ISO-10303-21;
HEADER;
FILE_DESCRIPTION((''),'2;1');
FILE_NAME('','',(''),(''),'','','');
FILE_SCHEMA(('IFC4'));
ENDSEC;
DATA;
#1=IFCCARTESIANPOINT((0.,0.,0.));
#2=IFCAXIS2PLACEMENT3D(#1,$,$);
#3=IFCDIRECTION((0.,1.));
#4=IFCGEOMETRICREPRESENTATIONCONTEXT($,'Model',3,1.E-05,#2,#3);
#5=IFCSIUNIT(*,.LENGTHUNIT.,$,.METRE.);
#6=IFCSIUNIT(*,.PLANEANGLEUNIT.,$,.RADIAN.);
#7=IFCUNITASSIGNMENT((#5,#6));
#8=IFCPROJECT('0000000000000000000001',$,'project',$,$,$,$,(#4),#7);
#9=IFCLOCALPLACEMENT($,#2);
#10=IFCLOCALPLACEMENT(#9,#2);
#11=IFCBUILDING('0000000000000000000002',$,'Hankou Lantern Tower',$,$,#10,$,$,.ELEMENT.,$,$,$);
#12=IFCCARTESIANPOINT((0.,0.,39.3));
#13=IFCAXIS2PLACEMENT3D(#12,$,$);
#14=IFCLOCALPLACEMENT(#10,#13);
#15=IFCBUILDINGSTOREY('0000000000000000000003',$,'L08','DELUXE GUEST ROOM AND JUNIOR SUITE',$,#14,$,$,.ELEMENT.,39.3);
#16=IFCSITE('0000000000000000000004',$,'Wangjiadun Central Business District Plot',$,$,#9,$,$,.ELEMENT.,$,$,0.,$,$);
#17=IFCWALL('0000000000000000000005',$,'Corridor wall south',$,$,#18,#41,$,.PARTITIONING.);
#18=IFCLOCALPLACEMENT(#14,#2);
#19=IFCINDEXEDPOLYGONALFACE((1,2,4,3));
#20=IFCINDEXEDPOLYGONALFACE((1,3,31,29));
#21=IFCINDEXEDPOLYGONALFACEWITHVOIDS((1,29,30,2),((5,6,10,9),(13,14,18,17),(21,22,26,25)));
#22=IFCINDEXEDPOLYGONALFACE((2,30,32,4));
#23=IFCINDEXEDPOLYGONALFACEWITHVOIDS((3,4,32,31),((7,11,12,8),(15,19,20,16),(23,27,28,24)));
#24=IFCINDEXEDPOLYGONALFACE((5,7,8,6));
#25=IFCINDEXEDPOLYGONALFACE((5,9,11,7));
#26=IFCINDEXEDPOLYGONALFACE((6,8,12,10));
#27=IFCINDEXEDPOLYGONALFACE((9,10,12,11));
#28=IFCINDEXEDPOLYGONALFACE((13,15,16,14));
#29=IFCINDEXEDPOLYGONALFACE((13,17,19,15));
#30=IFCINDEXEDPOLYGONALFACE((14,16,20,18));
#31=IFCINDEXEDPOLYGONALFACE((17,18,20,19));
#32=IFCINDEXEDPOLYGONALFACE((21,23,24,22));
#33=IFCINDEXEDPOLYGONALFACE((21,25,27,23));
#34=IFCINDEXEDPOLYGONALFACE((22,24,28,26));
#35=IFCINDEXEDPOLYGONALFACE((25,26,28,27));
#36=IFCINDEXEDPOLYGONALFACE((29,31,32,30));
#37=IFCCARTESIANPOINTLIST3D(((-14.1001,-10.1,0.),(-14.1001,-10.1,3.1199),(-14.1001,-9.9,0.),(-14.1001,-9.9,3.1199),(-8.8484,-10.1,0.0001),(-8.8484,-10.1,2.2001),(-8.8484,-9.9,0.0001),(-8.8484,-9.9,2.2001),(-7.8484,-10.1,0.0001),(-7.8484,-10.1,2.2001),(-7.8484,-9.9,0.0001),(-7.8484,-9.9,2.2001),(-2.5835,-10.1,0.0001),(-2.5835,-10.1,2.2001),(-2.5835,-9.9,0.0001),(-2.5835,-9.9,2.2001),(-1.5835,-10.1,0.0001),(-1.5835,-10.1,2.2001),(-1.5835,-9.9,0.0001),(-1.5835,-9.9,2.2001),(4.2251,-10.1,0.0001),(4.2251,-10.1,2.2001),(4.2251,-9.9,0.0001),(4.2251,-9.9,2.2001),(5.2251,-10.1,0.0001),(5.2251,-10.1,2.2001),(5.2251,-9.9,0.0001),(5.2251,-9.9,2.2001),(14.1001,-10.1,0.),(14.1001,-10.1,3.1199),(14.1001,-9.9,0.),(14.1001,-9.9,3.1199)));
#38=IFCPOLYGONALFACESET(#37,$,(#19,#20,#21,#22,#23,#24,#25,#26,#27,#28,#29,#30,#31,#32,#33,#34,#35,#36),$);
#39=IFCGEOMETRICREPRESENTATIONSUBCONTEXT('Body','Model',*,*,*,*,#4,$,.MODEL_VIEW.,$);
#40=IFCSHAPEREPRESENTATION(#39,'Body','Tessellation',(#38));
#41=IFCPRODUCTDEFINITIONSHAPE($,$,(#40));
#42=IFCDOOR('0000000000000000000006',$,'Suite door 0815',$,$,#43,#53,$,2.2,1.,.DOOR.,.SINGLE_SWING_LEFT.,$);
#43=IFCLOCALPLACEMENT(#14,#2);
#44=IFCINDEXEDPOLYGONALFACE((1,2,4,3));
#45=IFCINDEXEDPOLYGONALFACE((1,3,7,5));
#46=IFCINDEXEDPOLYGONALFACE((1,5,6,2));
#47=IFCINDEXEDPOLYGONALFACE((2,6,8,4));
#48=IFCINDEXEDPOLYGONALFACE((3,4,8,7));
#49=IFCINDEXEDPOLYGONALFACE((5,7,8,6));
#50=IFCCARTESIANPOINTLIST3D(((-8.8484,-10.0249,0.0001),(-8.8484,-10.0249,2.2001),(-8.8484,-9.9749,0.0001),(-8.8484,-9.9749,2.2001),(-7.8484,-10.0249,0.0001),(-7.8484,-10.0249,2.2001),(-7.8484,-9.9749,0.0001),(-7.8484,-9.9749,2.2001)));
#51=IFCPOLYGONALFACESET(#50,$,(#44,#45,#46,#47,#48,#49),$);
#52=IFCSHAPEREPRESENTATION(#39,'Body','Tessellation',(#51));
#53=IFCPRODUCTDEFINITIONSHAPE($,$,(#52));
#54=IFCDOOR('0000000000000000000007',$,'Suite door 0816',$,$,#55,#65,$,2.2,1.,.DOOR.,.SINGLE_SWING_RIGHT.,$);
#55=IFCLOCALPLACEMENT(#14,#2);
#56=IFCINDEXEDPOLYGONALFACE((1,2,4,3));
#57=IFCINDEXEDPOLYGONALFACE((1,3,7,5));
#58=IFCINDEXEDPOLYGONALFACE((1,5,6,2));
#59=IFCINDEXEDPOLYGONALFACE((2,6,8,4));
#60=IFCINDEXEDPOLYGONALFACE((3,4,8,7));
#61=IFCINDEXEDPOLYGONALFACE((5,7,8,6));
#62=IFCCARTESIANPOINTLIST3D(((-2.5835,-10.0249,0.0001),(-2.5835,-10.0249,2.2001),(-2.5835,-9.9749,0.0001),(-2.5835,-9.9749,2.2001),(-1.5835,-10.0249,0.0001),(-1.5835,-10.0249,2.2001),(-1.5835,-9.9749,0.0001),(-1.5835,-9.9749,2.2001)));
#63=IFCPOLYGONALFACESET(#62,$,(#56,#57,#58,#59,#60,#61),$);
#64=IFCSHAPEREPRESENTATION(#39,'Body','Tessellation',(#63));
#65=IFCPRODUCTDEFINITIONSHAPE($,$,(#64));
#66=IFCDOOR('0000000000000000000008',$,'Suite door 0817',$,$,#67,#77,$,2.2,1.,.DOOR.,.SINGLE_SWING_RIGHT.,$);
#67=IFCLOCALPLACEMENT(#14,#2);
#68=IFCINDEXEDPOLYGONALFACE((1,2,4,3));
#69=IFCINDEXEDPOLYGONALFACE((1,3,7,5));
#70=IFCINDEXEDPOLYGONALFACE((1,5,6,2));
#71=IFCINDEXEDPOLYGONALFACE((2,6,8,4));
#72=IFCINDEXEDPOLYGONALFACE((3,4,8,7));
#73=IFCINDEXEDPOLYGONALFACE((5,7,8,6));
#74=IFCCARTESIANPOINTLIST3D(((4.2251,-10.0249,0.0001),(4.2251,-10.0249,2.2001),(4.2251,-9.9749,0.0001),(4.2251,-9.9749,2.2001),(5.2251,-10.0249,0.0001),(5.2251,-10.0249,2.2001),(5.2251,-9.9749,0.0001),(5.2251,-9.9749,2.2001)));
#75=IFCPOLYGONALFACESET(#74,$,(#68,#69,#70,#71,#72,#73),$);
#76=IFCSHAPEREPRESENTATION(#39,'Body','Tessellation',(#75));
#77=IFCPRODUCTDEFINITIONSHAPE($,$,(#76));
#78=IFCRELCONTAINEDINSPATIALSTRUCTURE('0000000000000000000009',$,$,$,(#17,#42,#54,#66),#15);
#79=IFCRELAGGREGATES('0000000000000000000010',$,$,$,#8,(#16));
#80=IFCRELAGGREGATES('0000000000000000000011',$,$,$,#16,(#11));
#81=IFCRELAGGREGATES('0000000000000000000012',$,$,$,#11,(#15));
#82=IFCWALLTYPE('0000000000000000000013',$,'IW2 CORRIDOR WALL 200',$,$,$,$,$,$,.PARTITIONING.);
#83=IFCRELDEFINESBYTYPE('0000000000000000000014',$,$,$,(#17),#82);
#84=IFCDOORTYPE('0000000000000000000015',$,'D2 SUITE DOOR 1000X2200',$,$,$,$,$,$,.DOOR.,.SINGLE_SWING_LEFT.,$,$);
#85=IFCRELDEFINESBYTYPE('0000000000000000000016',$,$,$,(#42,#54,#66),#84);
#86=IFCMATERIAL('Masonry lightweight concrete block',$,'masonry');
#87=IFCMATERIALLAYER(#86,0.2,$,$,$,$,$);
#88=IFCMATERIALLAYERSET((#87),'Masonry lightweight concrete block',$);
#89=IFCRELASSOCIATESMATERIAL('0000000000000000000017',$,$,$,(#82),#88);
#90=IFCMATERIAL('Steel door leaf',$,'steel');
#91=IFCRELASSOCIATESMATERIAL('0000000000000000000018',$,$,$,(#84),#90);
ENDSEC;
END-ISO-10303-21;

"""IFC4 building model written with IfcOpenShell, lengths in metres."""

from ifc_helpers import new_model, si_unit, direction, frame, frame_2d, origin, place, context, subcontext, project, spatial, rectangle, extrude, material, layer, layer_set, type_object, element, fill, save


model = new_model("IFC4")

# Units and contexts
model_context = context("Model", 3, precision=1e-05, world=origin(), true_north=direction((0.0, 1.0)))
body_context = subcontext(model_context, "Body", "Model", "MODEL_VIEW")
ifc_project = project(units=[si_unit("LENGTHUNIT", "METRE"), si_unit("PLANEANGLEUNIT", "RADIAN")], contexts=[model_context])

# Site, building, storey
site_placement = place(None, origin())
site = spatial("IfcSite", under=ifc_project, at=site_placement, Name="Wangjiadun Central Business District Plot", CompositionType="ELEMENT", RefElevation=0.0)
building_placement = place(site_placement, origin())
building = spatial("IfcBuilding", under=site, at=building_placement, Name="Hankou Lantern Tower", CompositionType="ELEMENT")
storey_placement = place(building_placement, frame((0.0, 0.0, 39.3)))
storey = spatial("IfcBuildingStorey", under=building, at=storey_placement, Name="L08", Description="DELUXE GUEST ROOM AND JUNIOR SUITE", CompositionType="ELEMENT", Elevation=39.3)

# Wall, openings, doors
ifc_material_1 = material(Name="Masonry lightweight concrete block", Category="masonry")
ifc_layer_1 = layer(ifc_material_1, 0.2)
ifc_layer_set_1 = layer_set([ifc_layer_1], Name="Masonry lightweight concrete block")
wall_type_1 = type_object("IfcWallType", Name="IW2 CORRIDOR WALL 200", PredefinedType="PARTITIONING", material=ifc_layer_set_1)
ifc_material_2 = material(Name="Steel door leaf", Category="steel")
door_type_1 = type_object("IfcDoorType", Name="D2 SUITE DOOR 1000X2200", OperationType="SINGLE_SWING_LEFT", PredefinedType="DOOR", material=ifc_material_2)
wall_1_placement = place(storey_placement, frame((14.1001, -10.0, 0.0), z_axis=(0.0, 0.0, 1.0), x_axis=(-1.0, 0.0, 0.0)))
wall_1 = element("IfcWall", 1, at=wall_1_placement, inside=storey, type_object=wall_type_1, Name="Corridor wall south", PredefinedType="PARTITIONING", context=body_context, shape_type="SweptSolid", body=[
    extrude(rectangle(XDim=28.2002, YDim=0.2, at=frame_2d((14.1001, 0.0))), origin(), (0.0, 0.0, 1.0), 3.1199),
])
opening_1_placement = place(wall_1_placement, frame((21.9485, 0.0, 0.0)))
opening_1 = element("IfcOpeningElement", 2, at=opening_1_placement, cuts=wall_1, PredefinedType="OPENING", context=body_context, shape_type="SweptSolid", body=[
    extrude(rectangle(XDim=1.0, YDim=2.2, at=frame_2d((0.5, 1.1001))), frame((0.0, 0.1099, 0.0), z_axis=(0.0, -1.0, 0.0), x_axis=(1.0, 0.0, 0.0)), (0.0, 0.0, 1.0), 0.22),
])
opening_2_placement = place(wall_1_placement, frame((15.6836, 0.0, 0.0)))
opening_2 = element("IfcOpeningElement", 3, at=opening_2_placement, cuts=wall_1, PredefinedType="OPENING", context=body_context, shape_type="SweptSolid", body=[
    extrude(rectangle(XDim=1.0, YDim=2.2, at=frame_2d((0.5, 1.1001))), frame((0.0, 0.1099, 0.0), z_axis=(0.0, -1.0, 0.0), x_axis=(1.0, 0.0, 0.0)), (0.0, 0.0, 1.0), 0.22),
])
opening_3_placement = place(wall_1_placement, frame((8.875, 0.0, 0.0)))
opening_3 = element("IfcOpeningElement", 4, at=opening_3_placement, cuts=wall_1, PredefinedType="OPENING", context=body_context, shape_type="SweptSolid", body=[
    extrude(rectangle(XDim=1.0, YDim=2.2, at=frame_2d((0.5, 1.1001))), frame((0.0, 0.1099, 0.0), z_axis=(0.0, -1.0, 0.0), x_axis=(1.0, 0.0, 0.0)), (0.0, 0.0, 1.0), 0.22),
])
door_1_placement = place(opening_1_placement, origin())
door_1 = element("IfcDoor", 5, at=door_1_placement, inside=storey, type_object=door_type_1, Name="Suite door 0815", OperationType="SINGLE_SWING_LEFT", OverallHeight=2.2, OverallWidth=1.0, PredefinedType="DOOR", context=body_context, shape_type="SweptSolid", body=[
    extrude(rectangle(XDim=1.0, YDim=2.2, at=frame_2d((0.5, 1.1001))), frame((0.0, 0.0249, 0.0), z_axis=(0.0, -1.0, 0.0), x_axis=(1.0, 0.0, 0.0)), (0.0, 0.0, 1.0), 0.05),
])
fill(opening_1, door_1)
door_2_placement = place(opening_2_placement, origin())
door_2 = element("IfcDoor", 6, at=door_2_placement, inside=storey, type_object=door_type_1, Name="Suite door 0816", OperationType="SINGLE_SWING_RIGHT", OverallHeight=2.2, OverallWidth=1.0, PredefinedType="DOOR", context=body_context, shape_type="SweptSolid", body=[
    extrude(rectangle(XDim=1.0, YDim=2.2, at=frame_2d((0.5, 1.1001))), frame((0.0, 0.0249, 0.0), z_axis=(0.0, -1.0, 0.0), x_axis=(1.0, 0.0, 0.0)), (0.0, 0.0, 1.0), 0.05),
])
fill(opening_2, door_2)
door_3_placement = place(opening_3_placement, origin())
door_3 = element("IfcDoor", 7, at=door_3_placement, inside=storey, type_object=door_type_1, Name="Suite door 0817", OperationType="SINGLE_SWING_RIGHT", OverallHeight=2.2, OverallWidth=1.0, PredefinedType="DOOR", context=body_context, shape_type="SweptSolid", body=[
    extrude(rectangle(XDim=1.0, YDim=2.2, at=frame_2d((0.5, 1.1001))), frame((0.0, 0.0249, 0.0), z_axis=(0.0, -1.0, 0.0), x_axis=(1.0, 0.0, 0.0)), (0.0, 0.0, 1.0), 0.05),
])
fill(opening_3, door_3)

save(model, "model.ifc")
